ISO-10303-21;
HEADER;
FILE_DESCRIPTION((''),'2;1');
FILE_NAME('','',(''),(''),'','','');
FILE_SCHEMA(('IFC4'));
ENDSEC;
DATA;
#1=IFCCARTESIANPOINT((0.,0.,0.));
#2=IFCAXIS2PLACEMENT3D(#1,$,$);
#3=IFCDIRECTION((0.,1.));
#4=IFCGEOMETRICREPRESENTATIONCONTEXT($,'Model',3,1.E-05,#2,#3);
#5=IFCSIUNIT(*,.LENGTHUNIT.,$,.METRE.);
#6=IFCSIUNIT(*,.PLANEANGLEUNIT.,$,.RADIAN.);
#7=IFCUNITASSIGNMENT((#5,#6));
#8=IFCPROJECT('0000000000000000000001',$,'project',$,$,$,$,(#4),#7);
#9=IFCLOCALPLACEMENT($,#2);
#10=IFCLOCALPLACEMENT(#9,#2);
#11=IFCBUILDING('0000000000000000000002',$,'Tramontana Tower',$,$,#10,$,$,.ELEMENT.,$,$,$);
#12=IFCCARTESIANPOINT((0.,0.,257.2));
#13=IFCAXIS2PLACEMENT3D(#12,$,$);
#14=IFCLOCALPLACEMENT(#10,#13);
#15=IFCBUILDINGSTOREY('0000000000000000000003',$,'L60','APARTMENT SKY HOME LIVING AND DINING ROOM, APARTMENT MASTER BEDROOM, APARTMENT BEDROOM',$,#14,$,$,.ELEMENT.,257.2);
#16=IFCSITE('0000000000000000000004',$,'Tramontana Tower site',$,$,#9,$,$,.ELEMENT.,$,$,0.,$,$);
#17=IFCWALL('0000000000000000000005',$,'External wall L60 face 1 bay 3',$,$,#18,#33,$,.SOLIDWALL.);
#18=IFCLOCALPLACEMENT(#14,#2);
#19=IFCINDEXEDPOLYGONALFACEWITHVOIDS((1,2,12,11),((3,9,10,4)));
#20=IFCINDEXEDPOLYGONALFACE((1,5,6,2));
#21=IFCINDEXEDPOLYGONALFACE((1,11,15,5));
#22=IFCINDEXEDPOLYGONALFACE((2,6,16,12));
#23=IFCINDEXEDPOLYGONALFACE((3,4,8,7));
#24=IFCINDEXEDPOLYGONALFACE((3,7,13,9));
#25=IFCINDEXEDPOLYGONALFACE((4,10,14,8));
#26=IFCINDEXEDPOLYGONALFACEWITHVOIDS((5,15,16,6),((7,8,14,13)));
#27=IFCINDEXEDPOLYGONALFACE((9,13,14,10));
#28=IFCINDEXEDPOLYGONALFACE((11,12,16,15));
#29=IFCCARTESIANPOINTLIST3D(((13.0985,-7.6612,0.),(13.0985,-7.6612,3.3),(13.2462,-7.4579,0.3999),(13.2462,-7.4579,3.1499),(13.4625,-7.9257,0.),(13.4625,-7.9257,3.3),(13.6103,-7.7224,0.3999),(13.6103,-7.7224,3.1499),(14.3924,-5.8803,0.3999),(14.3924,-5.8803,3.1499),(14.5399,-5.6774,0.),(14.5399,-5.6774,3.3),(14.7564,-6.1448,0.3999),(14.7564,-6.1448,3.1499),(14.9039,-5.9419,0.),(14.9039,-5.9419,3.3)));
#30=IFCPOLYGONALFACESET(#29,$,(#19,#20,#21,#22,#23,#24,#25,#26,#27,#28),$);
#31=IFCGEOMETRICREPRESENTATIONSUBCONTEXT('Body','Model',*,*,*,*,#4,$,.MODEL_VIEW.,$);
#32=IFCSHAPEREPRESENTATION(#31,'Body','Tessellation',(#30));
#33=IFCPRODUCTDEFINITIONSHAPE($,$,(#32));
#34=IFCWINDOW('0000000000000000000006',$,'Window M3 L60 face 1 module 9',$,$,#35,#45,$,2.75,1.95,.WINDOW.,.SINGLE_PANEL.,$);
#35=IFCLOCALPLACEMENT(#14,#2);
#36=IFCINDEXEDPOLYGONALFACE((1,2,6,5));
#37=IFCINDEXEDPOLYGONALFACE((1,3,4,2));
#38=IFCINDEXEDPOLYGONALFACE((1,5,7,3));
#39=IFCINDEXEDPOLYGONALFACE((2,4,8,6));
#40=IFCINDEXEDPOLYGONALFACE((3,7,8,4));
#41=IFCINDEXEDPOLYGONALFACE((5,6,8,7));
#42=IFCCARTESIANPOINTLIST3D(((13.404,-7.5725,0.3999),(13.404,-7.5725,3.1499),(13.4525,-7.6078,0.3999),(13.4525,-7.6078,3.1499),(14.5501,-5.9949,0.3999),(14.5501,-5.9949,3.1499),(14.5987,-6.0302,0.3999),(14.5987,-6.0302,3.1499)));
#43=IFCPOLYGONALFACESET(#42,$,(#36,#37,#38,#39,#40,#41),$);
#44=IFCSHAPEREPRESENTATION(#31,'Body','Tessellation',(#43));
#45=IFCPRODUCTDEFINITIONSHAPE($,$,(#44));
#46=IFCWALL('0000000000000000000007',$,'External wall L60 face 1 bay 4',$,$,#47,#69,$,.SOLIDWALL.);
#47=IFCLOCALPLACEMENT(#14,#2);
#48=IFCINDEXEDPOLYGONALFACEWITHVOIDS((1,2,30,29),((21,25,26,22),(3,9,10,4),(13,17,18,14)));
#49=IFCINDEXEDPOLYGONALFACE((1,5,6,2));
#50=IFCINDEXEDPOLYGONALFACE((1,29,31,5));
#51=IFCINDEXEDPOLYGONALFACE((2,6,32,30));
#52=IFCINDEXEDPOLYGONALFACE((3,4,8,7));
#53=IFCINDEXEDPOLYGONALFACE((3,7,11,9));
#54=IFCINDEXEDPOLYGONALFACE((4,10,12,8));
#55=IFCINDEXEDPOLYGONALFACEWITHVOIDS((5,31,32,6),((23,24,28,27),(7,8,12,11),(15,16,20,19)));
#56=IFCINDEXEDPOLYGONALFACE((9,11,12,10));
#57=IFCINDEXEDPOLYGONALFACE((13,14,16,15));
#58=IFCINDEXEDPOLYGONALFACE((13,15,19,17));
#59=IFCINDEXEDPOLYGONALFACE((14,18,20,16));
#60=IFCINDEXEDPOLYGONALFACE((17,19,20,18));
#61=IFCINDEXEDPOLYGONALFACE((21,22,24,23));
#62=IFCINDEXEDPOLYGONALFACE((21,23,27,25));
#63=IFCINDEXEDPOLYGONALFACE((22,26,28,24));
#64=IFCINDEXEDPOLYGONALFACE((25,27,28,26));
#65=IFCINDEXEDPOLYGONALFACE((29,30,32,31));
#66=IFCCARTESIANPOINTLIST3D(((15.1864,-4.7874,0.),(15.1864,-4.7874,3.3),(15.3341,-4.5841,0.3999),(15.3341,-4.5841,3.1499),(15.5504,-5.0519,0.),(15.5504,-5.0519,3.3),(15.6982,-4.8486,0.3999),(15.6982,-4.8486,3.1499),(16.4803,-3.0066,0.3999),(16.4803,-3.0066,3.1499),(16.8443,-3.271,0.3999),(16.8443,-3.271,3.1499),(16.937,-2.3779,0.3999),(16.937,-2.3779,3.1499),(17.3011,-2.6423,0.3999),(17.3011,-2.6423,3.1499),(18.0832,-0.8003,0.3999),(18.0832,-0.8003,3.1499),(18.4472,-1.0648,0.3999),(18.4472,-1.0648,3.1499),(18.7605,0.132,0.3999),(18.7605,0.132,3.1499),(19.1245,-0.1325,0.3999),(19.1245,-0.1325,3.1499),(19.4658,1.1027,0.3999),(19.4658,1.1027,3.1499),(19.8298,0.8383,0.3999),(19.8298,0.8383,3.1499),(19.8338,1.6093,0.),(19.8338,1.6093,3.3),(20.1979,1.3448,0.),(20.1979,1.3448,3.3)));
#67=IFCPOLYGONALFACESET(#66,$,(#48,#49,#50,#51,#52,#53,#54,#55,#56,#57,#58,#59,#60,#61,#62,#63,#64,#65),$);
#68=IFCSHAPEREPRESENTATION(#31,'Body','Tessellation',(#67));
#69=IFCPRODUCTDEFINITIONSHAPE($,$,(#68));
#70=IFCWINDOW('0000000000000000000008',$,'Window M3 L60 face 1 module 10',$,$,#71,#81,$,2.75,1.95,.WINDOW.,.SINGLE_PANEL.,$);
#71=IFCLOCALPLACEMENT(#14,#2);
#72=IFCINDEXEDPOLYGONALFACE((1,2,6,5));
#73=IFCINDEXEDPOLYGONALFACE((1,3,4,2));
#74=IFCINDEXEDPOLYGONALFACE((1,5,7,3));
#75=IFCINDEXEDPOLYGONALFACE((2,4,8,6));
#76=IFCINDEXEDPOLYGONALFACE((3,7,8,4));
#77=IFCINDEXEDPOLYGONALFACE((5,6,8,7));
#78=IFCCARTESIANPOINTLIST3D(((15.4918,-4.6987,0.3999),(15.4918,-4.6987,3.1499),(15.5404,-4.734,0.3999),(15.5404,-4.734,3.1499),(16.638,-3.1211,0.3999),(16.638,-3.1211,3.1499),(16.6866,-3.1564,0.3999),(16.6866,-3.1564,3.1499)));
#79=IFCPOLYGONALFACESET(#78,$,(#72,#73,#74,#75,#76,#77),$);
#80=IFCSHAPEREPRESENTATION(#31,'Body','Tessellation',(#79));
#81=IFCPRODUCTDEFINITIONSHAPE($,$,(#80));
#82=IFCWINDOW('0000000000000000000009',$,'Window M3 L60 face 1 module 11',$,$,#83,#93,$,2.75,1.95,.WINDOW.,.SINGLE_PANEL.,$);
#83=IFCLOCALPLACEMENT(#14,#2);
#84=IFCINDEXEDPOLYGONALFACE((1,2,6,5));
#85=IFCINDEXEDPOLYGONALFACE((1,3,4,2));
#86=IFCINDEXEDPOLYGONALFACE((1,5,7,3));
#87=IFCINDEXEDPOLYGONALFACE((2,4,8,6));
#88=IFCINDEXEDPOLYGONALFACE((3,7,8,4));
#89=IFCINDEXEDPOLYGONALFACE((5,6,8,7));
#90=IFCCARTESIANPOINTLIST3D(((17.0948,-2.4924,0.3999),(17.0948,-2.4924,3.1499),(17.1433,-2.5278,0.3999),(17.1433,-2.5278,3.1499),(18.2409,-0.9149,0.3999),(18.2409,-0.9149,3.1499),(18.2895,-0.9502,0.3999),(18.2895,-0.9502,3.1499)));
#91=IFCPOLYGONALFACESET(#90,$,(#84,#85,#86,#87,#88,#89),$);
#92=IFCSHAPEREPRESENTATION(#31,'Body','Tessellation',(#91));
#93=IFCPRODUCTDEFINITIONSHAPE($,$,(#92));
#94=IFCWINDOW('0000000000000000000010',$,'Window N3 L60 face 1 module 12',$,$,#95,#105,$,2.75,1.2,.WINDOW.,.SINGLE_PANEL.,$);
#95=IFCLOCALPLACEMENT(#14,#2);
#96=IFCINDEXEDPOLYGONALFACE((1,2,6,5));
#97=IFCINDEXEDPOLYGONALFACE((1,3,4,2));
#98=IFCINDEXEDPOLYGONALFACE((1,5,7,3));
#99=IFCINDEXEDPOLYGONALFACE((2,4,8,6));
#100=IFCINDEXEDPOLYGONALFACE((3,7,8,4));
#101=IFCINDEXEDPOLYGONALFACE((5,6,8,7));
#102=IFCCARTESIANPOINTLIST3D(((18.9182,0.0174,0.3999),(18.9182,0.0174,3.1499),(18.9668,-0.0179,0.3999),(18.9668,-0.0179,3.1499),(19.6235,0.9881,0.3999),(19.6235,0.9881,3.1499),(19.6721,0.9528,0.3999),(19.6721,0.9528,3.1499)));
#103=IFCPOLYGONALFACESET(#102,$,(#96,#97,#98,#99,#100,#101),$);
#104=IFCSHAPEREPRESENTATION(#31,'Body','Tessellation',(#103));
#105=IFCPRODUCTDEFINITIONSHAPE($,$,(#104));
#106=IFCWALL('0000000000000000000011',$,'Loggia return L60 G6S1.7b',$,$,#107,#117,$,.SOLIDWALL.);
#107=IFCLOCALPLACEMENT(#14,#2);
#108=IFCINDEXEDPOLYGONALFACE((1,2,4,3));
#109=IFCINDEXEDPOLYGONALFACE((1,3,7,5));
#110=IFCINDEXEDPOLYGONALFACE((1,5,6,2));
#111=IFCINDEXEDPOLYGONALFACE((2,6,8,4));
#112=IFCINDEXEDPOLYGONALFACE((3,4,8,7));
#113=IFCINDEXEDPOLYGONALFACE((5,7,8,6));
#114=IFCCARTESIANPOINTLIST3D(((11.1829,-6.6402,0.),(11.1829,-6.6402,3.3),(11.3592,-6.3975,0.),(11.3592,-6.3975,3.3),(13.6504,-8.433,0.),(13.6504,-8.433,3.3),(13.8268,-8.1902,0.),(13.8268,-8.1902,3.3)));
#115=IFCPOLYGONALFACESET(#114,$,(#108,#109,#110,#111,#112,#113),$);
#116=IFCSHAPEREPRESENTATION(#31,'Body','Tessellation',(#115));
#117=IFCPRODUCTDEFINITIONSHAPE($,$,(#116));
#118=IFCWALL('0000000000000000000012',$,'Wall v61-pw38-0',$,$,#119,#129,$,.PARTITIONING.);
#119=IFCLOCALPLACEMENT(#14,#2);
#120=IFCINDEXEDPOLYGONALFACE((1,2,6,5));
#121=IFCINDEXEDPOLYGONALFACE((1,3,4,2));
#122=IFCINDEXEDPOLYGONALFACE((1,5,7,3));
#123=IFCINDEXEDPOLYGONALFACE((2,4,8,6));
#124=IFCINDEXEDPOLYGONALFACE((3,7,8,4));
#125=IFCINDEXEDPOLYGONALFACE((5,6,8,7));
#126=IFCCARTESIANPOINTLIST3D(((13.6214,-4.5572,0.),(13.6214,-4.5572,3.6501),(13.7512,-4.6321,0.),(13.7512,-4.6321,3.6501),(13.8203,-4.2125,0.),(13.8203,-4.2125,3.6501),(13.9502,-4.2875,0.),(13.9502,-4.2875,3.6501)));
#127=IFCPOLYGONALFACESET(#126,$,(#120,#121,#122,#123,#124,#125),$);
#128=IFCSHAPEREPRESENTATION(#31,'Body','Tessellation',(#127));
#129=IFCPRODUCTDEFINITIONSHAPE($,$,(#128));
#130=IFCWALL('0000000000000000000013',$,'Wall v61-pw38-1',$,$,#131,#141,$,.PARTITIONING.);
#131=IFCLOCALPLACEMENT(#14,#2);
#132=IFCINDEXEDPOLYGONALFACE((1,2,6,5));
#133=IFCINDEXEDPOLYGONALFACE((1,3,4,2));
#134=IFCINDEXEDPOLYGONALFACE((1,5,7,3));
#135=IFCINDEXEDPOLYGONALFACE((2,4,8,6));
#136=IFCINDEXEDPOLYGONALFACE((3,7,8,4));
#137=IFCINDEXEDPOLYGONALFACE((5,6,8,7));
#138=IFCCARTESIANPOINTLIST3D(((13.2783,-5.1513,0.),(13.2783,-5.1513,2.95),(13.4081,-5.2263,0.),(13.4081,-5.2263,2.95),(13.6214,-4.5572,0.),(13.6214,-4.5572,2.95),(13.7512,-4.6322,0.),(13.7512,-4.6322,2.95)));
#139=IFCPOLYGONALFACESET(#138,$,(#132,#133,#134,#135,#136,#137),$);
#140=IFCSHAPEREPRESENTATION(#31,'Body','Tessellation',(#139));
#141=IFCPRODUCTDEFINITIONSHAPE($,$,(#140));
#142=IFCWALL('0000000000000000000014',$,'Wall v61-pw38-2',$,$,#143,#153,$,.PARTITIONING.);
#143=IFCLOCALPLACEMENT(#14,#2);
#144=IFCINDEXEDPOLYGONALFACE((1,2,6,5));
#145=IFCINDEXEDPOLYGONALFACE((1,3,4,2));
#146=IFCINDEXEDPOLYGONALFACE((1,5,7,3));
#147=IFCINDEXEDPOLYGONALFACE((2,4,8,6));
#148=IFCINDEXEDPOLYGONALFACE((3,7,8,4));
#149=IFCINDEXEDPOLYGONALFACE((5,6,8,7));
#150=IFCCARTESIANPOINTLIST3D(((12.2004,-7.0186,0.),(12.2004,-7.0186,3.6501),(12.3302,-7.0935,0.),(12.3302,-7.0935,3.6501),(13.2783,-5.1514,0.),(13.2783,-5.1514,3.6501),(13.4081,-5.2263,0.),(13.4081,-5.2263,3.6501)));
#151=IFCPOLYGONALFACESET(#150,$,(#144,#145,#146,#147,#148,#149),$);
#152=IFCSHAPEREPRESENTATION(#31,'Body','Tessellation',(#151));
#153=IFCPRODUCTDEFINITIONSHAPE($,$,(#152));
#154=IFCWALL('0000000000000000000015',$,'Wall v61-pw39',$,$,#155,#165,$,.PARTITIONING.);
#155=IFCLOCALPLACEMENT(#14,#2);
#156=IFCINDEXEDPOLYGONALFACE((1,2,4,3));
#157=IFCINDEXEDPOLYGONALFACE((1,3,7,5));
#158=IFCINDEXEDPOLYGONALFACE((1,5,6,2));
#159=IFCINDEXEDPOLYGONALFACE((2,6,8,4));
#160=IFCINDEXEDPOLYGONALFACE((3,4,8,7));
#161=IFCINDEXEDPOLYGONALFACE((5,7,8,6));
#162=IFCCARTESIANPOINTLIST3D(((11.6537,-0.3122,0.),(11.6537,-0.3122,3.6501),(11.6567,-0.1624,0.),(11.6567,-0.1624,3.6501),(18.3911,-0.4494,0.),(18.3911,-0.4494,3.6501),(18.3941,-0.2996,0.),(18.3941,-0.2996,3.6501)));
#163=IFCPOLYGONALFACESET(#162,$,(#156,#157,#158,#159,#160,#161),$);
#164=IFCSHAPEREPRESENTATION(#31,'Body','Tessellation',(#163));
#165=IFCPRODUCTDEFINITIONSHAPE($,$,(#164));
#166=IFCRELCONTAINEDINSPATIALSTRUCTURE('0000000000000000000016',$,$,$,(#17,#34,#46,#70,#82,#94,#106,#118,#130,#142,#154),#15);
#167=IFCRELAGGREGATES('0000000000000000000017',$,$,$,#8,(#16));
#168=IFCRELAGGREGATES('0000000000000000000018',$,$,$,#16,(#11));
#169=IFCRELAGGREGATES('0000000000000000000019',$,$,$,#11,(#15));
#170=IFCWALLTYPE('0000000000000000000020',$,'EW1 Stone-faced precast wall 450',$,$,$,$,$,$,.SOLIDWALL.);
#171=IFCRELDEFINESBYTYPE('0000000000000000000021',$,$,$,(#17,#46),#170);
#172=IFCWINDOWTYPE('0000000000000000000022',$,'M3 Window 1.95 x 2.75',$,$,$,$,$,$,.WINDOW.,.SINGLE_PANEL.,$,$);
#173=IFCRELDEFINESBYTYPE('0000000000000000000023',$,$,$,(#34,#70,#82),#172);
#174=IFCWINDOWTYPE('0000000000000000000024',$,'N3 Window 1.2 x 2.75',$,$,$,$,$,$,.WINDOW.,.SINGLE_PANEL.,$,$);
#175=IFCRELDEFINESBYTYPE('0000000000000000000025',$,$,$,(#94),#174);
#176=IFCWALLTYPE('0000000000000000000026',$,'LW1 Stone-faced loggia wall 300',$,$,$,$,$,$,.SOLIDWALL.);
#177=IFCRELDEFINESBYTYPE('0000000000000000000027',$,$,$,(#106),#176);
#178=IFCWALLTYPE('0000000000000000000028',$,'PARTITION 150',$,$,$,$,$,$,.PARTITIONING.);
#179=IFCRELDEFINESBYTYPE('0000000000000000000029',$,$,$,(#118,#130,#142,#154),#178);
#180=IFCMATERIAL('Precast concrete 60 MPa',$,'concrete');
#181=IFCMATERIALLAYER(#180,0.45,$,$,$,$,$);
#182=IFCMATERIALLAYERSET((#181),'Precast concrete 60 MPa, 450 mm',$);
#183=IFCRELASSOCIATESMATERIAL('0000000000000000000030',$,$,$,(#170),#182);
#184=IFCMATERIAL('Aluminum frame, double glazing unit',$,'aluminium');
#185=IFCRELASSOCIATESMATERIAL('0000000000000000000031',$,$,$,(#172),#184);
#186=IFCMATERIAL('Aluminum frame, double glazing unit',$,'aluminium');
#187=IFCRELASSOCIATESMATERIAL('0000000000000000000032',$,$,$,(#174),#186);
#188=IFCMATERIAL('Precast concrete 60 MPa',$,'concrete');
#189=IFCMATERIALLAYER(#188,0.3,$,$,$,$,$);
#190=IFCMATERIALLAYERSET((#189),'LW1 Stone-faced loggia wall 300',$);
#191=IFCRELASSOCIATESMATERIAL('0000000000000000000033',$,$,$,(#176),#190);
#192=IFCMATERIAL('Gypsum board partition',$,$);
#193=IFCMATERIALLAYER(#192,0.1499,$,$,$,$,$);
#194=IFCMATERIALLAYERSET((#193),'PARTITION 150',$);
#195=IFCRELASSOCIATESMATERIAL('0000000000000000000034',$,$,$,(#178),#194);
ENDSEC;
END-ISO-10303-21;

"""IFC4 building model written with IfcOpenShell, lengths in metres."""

from ifc_helpers import new_model, si_unit, direction, frame, frame_2d, origin, place, context, subcontext, project, spatial, rectangle, extrude, material, layer, layer_set, type_object, element, fill, save


model = new_model("IFC4")

# Units and contexts
model_context = context("Model", 3, precision=1e-05, world=origin(), true_north=direction((0.0, 1.0)))
body_context = subcontext(model_context, "Body", "Model", "MODEL_VIEW")
ifc_project = project(units=[si_unit("LENGTHUNIT", "METRE"), si_unit("PLANEANGLEUNIT", "RADIAN")], contexts=[model_context])

# Site, building, storey
site_placement = place(None, origin())
site = spatial("IfcSite", under=ifc_project, at=site_placement, Name="Tramontana Tower site", CompositionType="ELEMENT", RefElevation=0.0)
building_placement = place(site_placement, origin())
building = spatial("IfcBuilding", under=site, at=building_placement, Name="Tramontana Tower", CompositionType="ELEMENT")
storey_placement = place(building_placement, frame((0.0, 0.0, 257.2)))
storey = spatial("IfcBuildingStorey", under=building, at=storey_placement, Name="L60", Description="APARTMENT SKY HOME LIVING AND DINING ROOM, APARTMENT MASTER BEDROOM, APARTMENT BEDROOM", CompositionType="ELEMENT", Elevation=257.2)

# Wall, opening, window
ifc_material_1 = material(Name="Precast concrete 60 MPa", Category="concrete")
ifc_layer_1 = layer(ifc_material_1, 0.45)
ifc_layer_set_1 = layer_set([ifc_layer_1], Name="Precast concrete 60 MPa, 450 mm")
wall_type_1 = type_object("IfcWallType", Name="EW1 Stone-faced precast wall 450", PredefinedType="SOLIDWALL", material=ifc_layer_set_1)
wall_1_placement = place(storey_placement, frame((13.2805, -7.7935, 0.0), z_axis=(0.0, 0.0, 1.0), x_axis=(0.587793, 0.809012, 0.0)))
wall_1 = element("IfcWall", 1, at=wall_1_placement, inside=storey, type_object=wall_type_1, Name="External wall L60 face 1 bay 3", PredefinedType="SOLIDWALL", context=body_context, shape_type="SweptSolid", body=[
    extrude(rectangle(XDim=2.4521, YDim=0.45, at=frame_2d((1.2261, 0.0))), origin(), (0.0, 0.0, 1.0), 3.3),
])
opening_1_placement = place(wall_1_placement, frame((0.2512, 0.0, 0.3999)))
opening_1 = element("IfcOpeningElement", 2, at=opening_1_placement, cuts=wall_1, PredefinedType="OPENING", context=body_context, shape_type="SweptSolid", body=[
    extrude(rectangle(XDim=1.95, YDim=2.75, at=frame_2d((0.9751, 1.375))), frame((0.0, 0.2349, 0.0), z_axis=(0.0, -1.0, 0.0), x_axis=(1.0, 0.0, 0.0)), (0.0, 0.0, 1.0), 0.47),
])
ifc_material_2 = material(Name="Aluminum frame, double glazing unit", Category="aluminium")
window_type_1 = type_object("IfcWindowType", Name="M3 Window 1.95 x 2.75", PartitioningType="SINGLE_PANEL", PredefinedType="WINDOW", material=ifc_material_2)
window_1_placement = place(opening_1_placement, origin())
window_1 = element("IfcWindow", 3, at=window_1_placement, inside=storey, type_object=window_type_1, Name="Window M3 L60 face 1 module 9", OverallHeight=2.75, OverallWidth=1.95, PartitioningType="SINGLE_PANEL", PredefinedType="WINDOW", context=body_context, shape_type="SweptSolid", body=[
    extrude(rectangle(XDim=1.95, YDim=2.75, at=frame_2d((0.9751, 1.375))), frame((0.0, 0.03, 0.0), z_axis=(0.0, -1.0, 0.0), x_axis=(1.0, 0.0, 0.0)), (0.0, 0.0, 1.0), 0.0601),
])
fill(opening_1, window_1)

# Wall, openings, windows
wall_2_placement = place(storey_placement, frame((15.3684, -4.9197, 0.0), z_axis=(0.0, 0.0, 1.0), x_axis=(0.587782, 0.809019, 0.0)))
wall_2 = element("IfcWall", 4, at=wall_2_placement, inside=storey, type_object=wall_type_1, Name="External wall L60 face 1 bay 4", PredefinedType="SOLIDWALL", context=body_context, shape_type="SweptSolid", body=[
    extrude(rectangle(XDim=7.9067, YDim=0.45, at=frame_2d((3.9534, 0.0))), origin(), (0.0, 0.0, 1.0), 3.3),
])
opening_2_placement = place(wall_2_placement, frame((0.2512, 0.0, 0.3999)))
opening_2 = element("IfcOpeningElement", 5, at=opening_2_placement, cuts=wall_2, PredefinedType="OPENING", context=body_context, shape_type="SweptSolid", body=[
    extrude(rectangle(XDim=1.95, YDim=2.75, at=frame_2d((0.9751, 1.375))), frame((0.0, 0.2349, 0.0), z_axis=(0.0, -1.0, 0.0), x_axis=(1.0, 0.0, 0.0)), (0.0, 0.0, 1.0), 0.47),
])
opening_3_placement = place(wall_2_placement, frame((2.9783, 0.0, 0.3999)))
opening_3 = element("IfcOpeningElement", 6, at=opening_3_placement, cuts=wall_2, PredefinedType="OPENING", context=body_context, shape_type="SweptSolid", body=[
    extrude(rectangle(XDim=1.95, YDim=2.75, at=frame_2d((0.9751, 1.375))), frame((0.0, 0.2349, 0.0), z_axis=(0.0, -1.0, 0.0), x_axis=(1.0, 0.0, 0.0)), (0.0, 0.0, 1.0), 0.47),
])
opening_4_placement = place(wall_2_placement, frame((6.0806, 0.0, 0.3999)))
opening_4 = element("IfcOpeningElement", 7, at=opening_4_placement, cuts=wall_2, PredefinedType="OPENING", context=body_context, shape_type="SweptSolid", body=[
    extrude(rectangle(XDim=1.2, YDim=2.75, at=frame_2d((0.6001, 1.375))), frame((0.0, 0.2349, 0.0), z_axis=(0.0, -1.0, 0.0), x_axis=(1.0, 0.0, 0.0)), (0.0, 0.0, 1.0), 0.47),
])
window_2_placement = place(opening_2_placement, origin())
window_2 = element("IfcWindow", 8, at=window_2_placement, inside=storey, type_object=window_type_1, Name="Window M3 L60 face 1 module 10", OverallHeight=2.75, OverallWidth=1.95, PartitioningType="SINGLE_PANEL", PredefinedType="WINDOW", context=body_context, shape_type="SweptSolid", body=[
    extrude(rectangle(XDim=1.95, YDim=2.75, at=frame_2d((0.9751, 1.375))), frame((0.0, 0.03, 0.0), z_axis=(0.0, -1.0, 0.0), x_axis=(1.0, 0.0, 0.0)), (0.0, 0.0, 1.0), 0.0601),
])
fill(opening_2, window_2)
window_3_placement = place(opening_3_placement, origin())
window_3 = element("IfcWindow", 9, at=window_3_placement, inside=storey, type_object=window_type_1, Name="Window M3 L60 face 1 module 11", OverallHeight=2.75, OverallWidth=1.95, PartitioningType="SINGLE_PANEL", PredefinedType="WINDOW", context=body_context, shape_type="SweptSolid", body=[
    extrude(rectangle(XDim=1.95, YDim=2.75, at=frame_2d((0.9751, 1.375))), frame((0.0, 0.03, 0.0), z_axis=(0.0, -1.0, 0.0), x_axis=(1.0, 0.0, 0.0)), (0.0, 0.0, 1.0), 0.0601),
])
fill(opening_3, window_3)
ifc_material_3 = material(Name="Aluminum frame, double glazing unit", Category="aluminium")
window_type_2 = type_object("IfcWindowType", Name="N3 Window 1.2 x 2.75", PartitioningType="SINGLE_PANEL", PredefinedType="WINDOW", material=ifc_material_3)
window_4_placement = place(opening_4_placement, origin())
window_4 = element("IfcWindow", 10, at=window_4_placement, inside=storey, type_object=window_type_2, Name="Window N3 L60 face 1 module 12", OverallHeight=2.75, OverallWidth=1.2, PartitioningType="SINGLE_PANEL", PredefinedType="WINDOW", context=body_context, shape_type="SweptSolid", body=[
    extrude(rectangle(XDim=1.2, YDim=2.75, at=frame_2d((0.6001, 1.375))), frame((0.0, 0.03, 0.0), z_axis=(0.0, -1.0, 0.0), x_axis=(1.0, 0.0, 0.0)), (0.0, 0.0, 1.0), 0.0601),
])
fill(opening_4, window_4)

# Walls
ifc_material_4 = material(Name="Precast concrete 60 MPa", Category="concrete")
ifc_layer_2 = layer(ifc_material_4, 0.3)
ifc_layer_set_2 = layer_set([ifc_layer_2], Name="LW1 Stone-faced loggia wall 300")
wall_type_2 = type_object("IfcWallType", Name="LW1 Stone-faced loggia wall 300", PredefinedType="SOLIDWALL", material=ifc_layer_set_2)
wall_3_placement = place(storey_placement, frame((13.7385, -8.3115, 0.0), z_axis=(0.0, 0.0, 1.0), x_axis=(-0.809023, 0.587777, 0.0)))
element("IfcWall", 11, at=wall_3_placement, inside=storey, type_object=wall_type_2, Name="Loggia return L60 G6S1.7b", PredefinedType="SOLIDWALL", context=body_context, shape_type="SweptSolid", body=[
    extrude(rectangle(XDim=3.05, YDim=0.3, at=frame_2d((1.5249, 0.0))), origin(), (0.0, 0.0, 1.0), 3.3),
])
ifc_material_5 = material(Name="Gypsum board partition")
ifc_layer_3 = layer(ifc_material_5, 0.1499)
ifc_layer_set_3 = layer_set([ifc_layer_3], Name="PARTITION 150")
wall_type_3 = type_object("IfcWallType", Name="PARTITION 150", PredefinedType="PARTITIONING", material=ifc_layer_set_3)
wall_4_placement = place(storey_placement, frame((13.8853, -4.25, 0.0), z_axis=(0.0, 0.0, 1.0), x_axis=(-0.499899, -0.866083, 0.0)))
element("IfcWall", 12, at=wall_4_placement, inside=storey, type_object=wall_type_3, Name="Wall v61-pw38-0", PredefinedType="PARTITIONING", context=body_context, shape_type="SweptSolid", body=[
    extrude(rectangle(XDim=0.3979, YDim=0.1499, at=frame_2d((0.199, 0.0))), origin(), (0.0, 0.0, 1.0), 3.6501),
])
wall_5_placement = place(storey_placement, frame((13.6863, -4.5947, 0.0), z_axis=(0.0, 0.0, 1.0), x_axis=(-0.500082, -0.865978, 0.0)))
element("IfcWall", 13, at=wall_5_placement, inside=storey, type_object=wall_type_3, Name="Wall v61-pw38-1", PredefinedType="PARTITIONING", context=body_context, shape_type="SweptSolid", body=[
    extrude(rectangle(XDim=0.686, YDim=0.1499, at=frame_2d((0.343, 0.0))), origin(), (0.0, 0.0, 1.0), 2.95),
])
wall_6_placement = place(storey_placement, frame((13.3433, -5.1887, 0.0), z_axis=(0.0, 0.0, 1.0), x_axis=(-0.499951, -0.866054, 0.0)))
element("IfcWall", 14, at=wall_6_placement, inside=storey, type_object=wall_type_3, Name="Wall v61-pw38-2", PredefinedType="PARTITIONING", context=body_context, shape_type="SweptSolid", body=[
    extrude(rectangle(XDim=2.156, YDim=0.1499, at=frame_2d((1.0781, 0.0))), origin(), (0.0, 0.0, 1.0), 3.6501),
])
wall_7_placement = place(storey_placement, frame((18.3926, -0.3745, 0.0), z_axis=(0.0, 0.0, 1.0), x_axis=(-0.999793, 0.020361, 0.0)))
element("IfcWall", 15, at=wall_7_placement, inside=storey, type_object=wall_type_3, Name="Wall v61-pw39", PredefinedType="PARTITIONING", context=body_context, shape_type="SweptSolid", body=[
    extrude(rectangle(XDim=6.7388, YDim=0.1499, at=frame_2d((3.3694, 0.0))), origin(), (0.0, 0.0, 1.0), 3.6501),
])

save(model, "model.ifc")
